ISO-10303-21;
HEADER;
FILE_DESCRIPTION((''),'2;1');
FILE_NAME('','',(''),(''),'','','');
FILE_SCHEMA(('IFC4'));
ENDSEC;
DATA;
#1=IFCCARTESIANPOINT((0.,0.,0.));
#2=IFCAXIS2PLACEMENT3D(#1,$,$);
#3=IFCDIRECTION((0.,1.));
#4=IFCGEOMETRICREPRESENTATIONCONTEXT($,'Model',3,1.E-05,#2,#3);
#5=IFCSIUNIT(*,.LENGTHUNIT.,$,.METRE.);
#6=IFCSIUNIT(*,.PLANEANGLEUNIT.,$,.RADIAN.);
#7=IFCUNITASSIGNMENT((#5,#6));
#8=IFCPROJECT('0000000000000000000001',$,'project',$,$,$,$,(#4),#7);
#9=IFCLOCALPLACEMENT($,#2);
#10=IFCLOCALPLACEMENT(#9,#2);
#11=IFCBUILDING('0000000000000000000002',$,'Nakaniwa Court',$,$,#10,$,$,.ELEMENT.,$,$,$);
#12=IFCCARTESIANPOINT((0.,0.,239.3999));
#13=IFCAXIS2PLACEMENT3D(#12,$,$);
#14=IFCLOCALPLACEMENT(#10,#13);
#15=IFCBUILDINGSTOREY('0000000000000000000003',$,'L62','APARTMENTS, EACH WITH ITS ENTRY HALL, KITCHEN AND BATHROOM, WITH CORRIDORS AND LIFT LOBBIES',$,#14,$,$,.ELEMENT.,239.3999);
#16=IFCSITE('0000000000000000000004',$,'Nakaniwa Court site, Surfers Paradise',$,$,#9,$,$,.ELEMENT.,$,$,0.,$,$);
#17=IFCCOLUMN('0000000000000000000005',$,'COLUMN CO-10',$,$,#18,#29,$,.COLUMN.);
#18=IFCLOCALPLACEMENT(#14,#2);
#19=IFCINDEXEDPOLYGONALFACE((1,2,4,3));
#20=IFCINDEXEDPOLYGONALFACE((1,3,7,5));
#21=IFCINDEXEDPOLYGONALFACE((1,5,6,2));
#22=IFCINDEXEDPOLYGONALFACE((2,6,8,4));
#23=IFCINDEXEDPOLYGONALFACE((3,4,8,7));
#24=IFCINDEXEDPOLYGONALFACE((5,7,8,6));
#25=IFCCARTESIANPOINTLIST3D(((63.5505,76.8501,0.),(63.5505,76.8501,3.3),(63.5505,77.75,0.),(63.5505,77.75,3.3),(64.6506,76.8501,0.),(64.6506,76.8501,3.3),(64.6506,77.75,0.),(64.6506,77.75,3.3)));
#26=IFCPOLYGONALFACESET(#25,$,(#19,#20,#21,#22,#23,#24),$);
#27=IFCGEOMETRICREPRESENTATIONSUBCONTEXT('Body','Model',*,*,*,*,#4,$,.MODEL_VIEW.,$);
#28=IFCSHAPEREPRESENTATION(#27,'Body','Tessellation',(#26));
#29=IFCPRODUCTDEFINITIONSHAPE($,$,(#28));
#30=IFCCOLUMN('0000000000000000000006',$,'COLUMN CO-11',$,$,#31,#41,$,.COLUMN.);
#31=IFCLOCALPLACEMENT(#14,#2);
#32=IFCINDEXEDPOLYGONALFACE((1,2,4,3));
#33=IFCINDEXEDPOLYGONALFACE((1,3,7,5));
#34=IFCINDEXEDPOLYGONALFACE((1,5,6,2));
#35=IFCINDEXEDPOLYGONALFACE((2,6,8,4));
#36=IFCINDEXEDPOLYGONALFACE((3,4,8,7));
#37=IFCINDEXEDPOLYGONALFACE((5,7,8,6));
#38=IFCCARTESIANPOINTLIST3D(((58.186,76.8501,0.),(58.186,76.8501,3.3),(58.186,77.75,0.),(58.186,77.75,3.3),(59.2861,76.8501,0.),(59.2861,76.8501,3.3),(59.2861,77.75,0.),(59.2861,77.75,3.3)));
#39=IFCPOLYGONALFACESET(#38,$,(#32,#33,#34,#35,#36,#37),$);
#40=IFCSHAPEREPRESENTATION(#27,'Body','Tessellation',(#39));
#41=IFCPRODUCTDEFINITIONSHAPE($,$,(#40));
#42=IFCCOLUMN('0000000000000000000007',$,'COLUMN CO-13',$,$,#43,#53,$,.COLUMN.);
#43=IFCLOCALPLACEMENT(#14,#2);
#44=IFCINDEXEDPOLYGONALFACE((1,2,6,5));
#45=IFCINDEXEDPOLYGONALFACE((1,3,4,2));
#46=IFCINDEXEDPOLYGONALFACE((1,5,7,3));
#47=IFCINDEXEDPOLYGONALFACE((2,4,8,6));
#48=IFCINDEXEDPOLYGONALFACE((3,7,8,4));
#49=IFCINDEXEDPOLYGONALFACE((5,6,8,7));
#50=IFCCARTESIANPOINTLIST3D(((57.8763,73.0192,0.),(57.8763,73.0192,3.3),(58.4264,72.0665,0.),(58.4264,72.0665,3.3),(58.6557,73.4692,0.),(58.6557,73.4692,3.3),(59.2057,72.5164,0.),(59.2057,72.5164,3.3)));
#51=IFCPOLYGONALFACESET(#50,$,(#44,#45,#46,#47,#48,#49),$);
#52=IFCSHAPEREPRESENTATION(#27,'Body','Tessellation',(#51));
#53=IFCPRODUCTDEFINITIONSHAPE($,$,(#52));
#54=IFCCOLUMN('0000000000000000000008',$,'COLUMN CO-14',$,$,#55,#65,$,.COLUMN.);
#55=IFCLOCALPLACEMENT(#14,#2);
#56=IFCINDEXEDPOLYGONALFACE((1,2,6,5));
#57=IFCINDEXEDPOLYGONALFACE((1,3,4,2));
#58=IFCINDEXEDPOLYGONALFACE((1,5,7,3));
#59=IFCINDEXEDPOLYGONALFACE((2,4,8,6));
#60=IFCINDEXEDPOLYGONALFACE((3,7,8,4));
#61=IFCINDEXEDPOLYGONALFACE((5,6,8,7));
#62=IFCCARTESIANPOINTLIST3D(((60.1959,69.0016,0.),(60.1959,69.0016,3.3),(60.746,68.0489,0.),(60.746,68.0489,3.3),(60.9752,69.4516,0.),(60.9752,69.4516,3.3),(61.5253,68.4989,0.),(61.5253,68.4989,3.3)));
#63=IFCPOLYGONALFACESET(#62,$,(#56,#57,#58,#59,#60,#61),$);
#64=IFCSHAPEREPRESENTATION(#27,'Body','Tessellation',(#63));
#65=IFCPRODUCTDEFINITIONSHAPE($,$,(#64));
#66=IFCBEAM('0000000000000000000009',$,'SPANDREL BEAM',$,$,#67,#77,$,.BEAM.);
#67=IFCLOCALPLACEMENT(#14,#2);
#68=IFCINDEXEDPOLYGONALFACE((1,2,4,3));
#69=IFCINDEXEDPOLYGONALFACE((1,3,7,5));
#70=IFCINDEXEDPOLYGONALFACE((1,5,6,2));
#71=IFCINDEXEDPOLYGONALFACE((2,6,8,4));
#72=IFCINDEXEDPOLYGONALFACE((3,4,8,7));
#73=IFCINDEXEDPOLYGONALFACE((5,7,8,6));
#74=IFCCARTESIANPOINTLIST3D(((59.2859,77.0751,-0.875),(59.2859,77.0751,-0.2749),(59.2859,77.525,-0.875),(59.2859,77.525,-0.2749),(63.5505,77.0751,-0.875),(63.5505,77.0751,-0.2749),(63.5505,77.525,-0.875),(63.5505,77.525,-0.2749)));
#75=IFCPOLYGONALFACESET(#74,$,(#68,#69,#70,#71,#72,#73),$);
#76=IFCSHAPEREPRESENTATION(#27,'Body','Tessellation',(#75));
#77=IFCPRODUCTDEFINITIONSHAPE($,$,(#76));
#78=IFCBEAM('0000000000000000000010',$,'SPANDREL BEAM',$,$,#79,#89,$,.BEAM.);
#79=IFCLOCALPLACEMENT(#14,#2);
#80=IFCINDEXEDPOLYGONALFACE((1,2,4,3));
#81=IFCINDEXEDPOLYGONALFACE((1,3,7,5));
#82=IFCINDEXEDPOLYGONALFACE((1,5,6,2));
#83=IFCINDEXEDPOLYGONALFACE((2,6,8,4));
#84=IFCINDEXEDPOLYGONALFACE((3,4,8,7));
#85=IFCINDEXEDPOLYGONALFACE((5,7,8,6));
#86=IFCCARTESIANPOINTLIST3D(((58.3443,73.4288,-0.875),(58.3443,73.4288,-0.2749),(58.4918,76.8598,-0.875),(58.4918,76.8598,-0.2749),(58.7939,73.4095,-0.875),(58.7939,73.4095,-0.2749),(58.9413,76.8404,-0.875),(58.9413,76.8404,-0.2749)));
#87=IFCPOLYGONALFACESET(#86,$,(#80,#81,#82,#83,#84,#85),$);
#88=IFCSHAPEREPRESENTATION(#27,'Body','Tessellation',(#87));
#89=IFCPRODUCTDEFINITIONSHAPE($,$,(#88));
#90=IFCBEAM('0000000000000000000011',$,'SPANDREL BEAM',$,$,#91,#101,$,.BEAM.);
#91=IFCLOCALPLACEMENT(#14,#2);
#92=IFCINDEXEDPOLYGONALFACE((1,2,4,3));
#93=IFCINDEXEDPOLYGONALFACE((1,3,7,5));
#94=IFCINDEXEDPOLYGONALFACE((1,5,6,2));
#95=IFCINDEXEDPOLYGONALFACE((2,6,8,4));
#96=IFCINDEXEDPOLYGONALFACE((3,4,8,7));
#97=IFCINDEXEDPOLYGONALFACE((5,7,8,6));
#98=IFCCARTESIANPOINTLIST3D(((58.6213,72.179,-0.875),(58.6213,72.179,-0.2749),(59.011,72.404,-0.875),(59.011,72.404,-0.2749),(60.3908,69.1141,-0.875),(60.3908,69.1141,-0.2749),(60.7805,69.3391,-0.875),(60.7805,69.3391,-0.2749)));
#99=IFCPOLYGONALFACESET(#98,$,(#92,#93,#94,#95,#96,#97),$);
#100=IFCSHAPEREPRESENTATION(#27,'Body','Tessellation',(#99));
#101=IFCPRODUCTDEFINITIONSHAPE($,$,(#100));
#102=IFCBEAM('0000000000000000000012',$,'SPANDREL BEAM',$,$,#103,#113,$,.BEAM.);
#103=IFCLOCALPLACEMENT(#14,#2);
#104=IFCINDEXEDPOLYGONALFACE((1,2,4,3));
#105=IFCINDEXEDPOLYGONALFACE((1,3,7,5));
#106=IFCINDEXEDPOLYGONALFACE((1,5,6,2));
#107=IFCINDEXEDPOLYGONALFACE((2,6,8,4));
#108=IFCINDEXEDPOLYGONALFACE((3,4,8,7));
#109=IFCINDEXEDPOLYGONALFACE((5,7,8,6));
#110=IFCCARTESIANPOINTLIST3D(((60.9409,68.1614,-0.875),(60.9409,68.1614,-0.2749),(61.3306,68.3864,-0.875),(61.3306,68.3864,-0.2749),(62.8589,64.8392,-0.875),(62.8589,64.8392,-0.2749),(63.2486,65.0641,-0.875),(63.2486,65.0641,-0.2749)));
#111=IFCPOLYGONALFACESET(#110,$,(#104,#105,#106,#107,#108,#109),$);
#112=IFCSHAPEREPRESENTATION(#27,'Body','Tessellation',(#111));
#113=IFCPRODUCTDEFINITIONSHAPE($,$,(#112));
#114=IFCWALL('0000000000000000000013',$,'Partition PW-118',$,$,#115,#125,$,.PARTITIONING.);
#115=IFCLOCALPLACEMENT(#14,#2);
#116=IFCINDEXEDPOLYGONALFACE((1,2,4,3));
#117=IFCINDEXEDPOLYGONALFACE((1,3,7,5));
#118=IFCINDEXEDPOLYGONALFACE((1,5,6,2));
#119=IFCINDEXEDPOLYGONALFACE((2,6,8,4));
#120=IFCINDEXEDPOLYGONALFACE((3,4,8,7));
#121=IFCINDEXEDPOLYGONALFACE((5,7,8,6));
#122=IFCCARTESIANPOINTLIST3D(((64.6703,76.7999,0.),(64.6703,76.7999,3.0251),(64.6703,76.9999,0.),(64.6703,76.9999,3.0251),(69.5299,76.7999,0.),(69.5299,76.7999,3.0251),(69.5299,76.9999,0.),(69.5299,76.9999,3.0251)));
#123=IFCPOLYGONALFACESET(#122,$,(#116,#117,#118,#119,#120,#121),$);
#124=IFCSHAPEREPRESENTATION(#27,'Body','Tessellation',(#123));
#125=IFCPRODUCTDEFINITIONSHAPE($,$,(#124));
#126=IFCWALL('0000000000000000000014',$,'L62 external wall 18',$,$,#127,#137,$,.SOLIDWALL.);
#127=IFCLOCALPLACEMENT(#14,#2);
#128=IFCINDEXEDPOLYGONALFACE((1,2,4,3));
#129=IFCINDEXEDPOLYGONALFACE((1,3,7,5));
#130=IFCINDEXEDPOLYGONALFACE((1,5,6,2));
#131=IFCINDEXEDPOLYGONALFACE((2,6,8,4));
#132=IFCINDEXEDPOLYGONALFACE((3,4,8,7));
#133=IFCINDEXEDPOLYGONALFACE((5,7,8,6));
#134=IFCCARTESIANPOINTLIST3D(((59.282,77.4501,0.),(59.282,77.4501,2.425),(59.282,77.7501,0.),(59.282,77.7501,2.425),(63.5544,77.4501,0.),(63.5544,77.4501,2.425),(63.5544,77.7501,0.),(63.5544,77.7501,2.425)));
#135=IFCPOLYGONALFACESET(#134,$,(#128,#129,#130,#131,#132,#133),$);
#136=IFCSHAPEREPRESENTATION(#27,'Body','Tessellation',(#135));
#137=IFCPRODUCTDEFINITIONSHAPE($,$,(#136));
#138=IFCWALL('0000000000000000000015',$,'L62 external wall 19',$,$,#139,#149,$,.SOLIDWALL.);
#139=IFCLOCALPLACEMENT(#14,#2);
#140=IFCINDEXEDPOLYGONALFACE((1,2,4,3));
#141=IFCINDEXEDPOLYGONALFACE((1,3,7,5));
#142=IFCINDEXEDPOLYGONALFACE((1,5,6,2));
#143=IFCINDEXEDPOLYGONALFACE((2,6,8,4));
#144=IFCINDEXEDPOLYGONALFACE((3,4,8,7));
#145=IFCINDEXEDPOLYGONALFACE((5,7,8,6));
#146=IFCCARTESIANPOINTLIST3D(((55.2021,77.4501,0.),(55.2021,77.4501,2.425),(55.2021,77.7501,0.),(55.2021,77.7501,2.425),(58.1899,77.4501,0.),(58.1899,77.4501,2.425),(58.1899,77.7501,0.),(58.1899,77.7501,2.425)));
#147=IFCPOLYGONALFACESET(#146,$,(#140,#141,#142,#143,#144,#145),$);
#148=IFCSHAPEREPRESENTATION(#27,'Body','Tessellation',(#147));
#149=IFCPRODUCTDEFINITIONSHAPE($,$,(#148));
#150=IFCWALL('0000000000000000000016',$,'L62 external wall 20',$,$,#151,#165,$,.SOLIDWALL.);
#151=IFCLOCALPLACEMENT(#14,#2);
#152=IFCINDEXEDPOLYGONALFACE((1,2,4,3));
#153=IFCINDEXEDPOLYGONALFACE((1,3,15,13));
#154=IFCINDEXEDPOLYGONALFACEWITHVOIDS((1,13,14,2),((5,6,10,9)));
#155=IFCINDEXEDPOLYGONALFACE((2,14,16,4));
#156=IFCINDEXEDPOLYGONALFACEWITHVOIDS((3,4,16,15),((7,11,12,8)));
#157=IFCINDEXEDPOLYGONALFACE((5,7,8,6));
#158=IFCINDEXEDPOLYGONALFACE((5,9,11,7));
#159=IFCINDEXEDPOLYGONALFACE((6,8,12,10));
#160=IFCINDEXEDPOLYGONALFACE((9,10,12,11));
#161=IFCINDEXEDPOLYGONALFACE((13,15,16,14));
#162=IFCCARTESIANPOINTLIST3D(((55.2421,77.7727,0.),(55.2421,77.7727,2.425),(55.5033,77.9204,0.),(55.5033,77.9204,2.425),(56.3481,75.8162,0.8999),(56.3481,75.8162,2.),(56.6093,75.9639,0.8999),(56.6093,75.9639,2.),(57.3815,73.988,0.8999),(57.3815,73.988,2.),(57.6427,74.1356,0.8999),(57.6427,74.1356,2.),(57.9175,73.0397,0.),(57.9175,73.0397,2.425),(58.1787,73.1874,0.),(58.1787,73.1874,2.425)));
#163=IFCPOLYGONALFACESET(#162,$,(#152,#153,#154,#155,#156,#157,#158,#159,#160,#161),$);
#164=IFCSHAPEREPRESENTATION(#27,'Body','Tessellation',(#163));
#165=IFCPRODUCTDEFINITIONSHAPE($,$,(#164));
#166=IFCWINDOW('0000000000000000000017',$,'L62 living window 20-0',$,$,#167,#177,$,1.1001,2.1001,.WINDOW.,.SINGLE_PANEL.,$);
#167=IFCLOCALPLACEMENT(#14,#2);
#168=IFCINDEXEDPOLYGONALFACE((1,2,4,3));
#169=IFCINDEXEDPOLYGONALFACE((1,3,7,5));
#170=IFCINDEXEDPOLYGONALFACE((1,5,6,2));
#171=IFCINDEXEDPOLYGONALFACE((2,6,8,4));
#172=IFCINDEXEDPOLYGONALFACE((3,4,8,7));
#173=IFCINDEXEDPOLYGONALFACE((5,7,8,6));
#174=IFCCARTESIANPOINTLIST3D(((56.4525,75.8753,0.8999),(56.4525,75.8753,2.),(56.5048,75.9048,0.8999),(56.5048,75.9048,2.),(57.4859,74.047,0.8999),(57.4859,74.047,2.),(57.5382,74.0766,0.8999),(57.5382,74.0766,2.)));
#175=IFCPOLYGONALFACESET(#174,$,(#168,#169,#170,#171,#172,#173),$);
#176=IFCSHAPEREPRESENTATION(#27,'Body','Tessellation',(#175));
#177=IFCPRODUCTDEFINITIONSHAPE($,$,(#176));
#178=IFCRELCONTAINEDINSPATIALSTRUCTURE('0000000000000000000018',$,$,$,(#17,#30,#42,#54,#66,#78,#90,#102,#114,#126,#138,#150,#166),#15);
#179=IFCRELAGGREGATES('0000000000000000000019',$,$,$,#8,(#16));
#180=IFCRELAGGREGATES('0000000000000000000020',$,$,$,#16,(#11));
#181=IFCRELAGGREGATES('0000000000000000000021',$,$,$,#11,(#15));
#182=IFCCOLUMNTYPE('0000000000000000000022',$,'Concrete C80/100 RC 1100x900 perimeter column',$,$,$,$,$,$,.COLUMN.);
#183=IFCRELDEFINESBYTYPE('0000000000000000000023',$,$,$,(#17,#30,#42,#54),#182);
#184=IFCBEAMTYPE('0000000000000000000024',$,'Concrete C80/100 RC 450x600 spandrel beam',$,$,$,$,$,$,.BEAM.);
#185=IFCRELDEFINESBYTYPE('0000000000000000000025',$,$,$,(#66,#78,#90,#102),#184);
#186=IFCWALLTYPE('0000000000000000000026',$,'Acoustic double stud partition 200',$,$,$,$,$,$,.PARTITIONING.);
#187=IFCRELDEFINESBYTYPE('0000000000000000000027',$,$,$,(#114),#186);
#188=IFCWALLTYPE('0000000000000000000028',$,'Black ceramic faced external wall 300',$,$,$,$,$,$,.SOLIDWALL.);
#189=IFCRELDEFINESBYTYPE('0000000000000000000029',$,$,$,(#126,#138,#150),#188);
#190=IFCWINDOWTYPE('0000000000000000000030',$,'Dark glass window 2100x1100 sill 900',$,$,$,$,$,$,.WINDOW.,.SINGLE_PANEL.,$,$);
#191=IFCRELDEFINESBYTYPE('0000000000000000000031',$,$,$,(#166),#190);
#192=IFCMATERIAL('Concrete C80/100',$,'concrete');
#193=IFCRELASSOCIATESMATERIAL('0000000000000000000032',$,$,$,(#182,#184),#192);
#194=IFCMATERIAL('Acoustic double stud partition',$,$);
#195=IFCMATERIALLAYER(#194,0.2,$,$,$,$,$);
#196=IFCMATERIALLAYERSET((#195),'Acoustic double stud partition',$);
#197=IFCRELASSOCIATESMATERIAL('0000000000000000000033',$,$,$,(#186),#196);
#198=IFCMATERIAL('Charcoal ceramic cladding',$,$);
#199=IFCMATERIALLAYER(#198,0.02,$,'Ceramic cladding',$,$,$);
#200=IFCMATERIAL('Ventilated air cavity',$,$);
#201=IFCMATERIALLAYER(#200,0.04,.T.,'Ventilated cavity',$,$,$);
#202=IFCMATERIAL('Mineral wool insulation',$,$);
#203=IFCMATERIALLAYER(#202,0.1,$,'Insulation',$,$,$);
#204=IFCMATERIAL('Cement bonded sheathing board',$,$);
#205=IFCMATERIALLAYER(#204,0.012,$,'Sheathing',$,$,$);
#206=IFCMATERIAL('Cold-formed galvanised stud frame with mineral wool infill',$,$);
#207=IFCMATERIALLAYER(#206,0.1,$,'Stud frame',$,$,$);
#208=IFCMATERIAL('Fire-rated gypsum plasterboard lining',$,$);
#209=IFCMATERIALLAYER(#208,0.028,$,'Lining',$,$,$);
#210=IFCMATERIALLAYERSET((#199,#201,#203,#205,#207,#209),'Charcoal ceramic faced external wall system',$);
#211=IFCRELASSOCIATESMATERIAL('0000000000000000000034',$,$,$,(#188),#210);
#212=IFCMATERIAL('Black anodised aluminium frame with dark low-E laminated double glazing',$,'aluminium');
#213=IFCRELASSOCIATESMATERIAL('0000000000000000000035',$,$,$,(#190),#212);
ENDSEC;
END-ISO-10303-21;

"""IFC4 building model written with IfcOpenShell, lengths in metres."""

from ifc_helpers import new_model, si_unit, direction, frame, frame_2d, origin, origin_2d, place, context, subcontext, project, spatial, rectangle, extrude, material, layer, layer_set, material_profile, profile_set, type_object, element, fill, save


model = new_model("IFC4")

# Units and contexts
model_context = context("Model", 3, precision=1e-05, world=origin(), true_north=direction((0.0, 1.0)))
body_context = subcontext(model_context, "Body", "Model", "MODEL_VIEW")
ifc_project = project(units=[si_unit("LENGTHUNIT", "METRE"), si_unit("PLANEANGLEUNIT", "RADIAN")], contexts=[model_context])

# Site, building, storey
site_placement = place(None, origin())
site = spatial("IfcSite", under=ifc_project, at=site_placement, Name="Nakaniwa Court site, Surfers Paradise", CompositionType="ELEMENT", RefElevation=0.0)
building_placement = place(site_placement, origin())
building = spatial("IfcBuilding", under=site, at=building_placement, Name="Nakaniwa Court", CompositionType="ELEMENT")
storey_placement = place(building_placement, frame((0.0, 0.0, 239.3999)))
storey = spatial("IfcBuildingStorey", under=building, at=storey_placement, Name="L62", Description="APARTMENTS, EACH WITH ITS ENTRY HALL, KITCHEN AND BATHROOM, WITH CORRIDORS AND LIFT LOBBIES", CompositionType="ELEMENT", Elevation=239.3999)

# Columns
ifc_material_1 = material(Name="Concrete C80/100", Category="concrete")
ifc_material_profile_1 = material_profile(ifc_material_1, rectangle(XDim=1.1001, YDim=0.8999, at=origin_2d()), Name="Concrete C80/100 RC 1100x900 perimeter column")
ifc_profile_set_1 = profile_set([ifc_material_profile_1], Name="Concrete C80/100")
column_type = type_object("IfcColumnType", Name="Concrete C80/100 RC 1100x900 perimeter column", PredefinedType="COLUMN", material=ifc_profile_set_1)
for number, where, z_axis, x_axis, name in (
    (1, (64.1006, 77.3, 0.0), (0.0, 0.0, 1.0), (-1.0, 0.0, 0.0), "COLUMN CO-10"),
    (2, (58.7361, 77.3, 0.0), (0.0, 0.0, 1.0), (-1.0, 0.0, 0.0), "COLUMN CO-11"),
    (3, (58.541, 72.7678, 0.0), (0.0, 0.0, 1.0), (0.5, -0.866025, 0.0), "COLUMN CO-13"),
    (4, (60.8606, 68.7502, 0.0), (0.0, 0.0, 1.0), (0.5, -0.866025, 0.0), "COLUMN CO-14"),
):
    element("IfcColumn", number, at=place(storey_placement, frame(where, z_axis=z_axis, x_axis=x_axis)), inside=storey, type_object=column_type, Name=name, PredefinedType="COLUMN", context=body_context, shape_type="SweptSolid", body=[
        extrude(rectangle(XDim=1.1001, YDim=0.8999, at=origin_2d()), origin(), (0.0, 0.0, 1.0), 3.3),
    ])

# Beams
ifc_material_profile_2 = material_profile(ifc_material_1, rectangle(XDim=0.45, YDim=0.6001, at=origin_2d()), Name="Concrete C80/100 RC 450x600 spandrel beam")
ifc_profile_set_2 = profile_set([ifc_material_profile_2], Name="Concrete C80/100")
beam_type = type_object("IfcBeamType", Name="Concrete C80/100 RC 450x600 spandrel beam", PredefinedType="BEAM", material=ifc_profile_set_2)
beam_1_placement = place(storey_placement, frame((63.5505, 77.3, -0.575), z_axis=(-1.0, 0.0, 0.0), x_axis=(0.0, -1.0, 0.0)))
element("IfcBeam", 5, at=beam_1_placement, inside=storey, type_object=beam_type, Name="SPANDREL BEAM", PredefinedType="BEAM", context=body_context, shape_type="SweptSolid", body=[
    extrude(rectangle(XDim=0.45, YDim=0.6001, at=origin_2d()), origin(), (0.0, 0.0, 1.0), 4.2646),
])
beam_2_placement = place(storey_placement, frame((58.7166, 76.8501, -0.575), z_axis=(-0.042941, -0.999078, 0.0), x_axis=(0.999078, -0.042941, 0.0)))
element("IfcBeam", 6, at=beam_2_placement, inside=storey, type_object=beam_type, Name="SPANDREL BEAM", PredefinedType="BEAM", context=body_context, shape_type="SweptSolid", body=[
    extrude(rectangle(XDim=0.45, YDim=0.6001, at=origin_2d()), origin(), (0.0, 0.0, 1.0), 3.4341),
])
beam_3_placement = place(storey_placement, frame((58.8162, 72.2915, -0.575), z_axis=(0.499997, -0.866027, 0.0), x_axis=(0.866027, 0.499997, 0.0)))
element("IfcBeam", 7, at=beam_3_placement, inside=storey, type_object=beam_type, Name="SPANDREL BEAM", PredefinedType="BEAM", context=body_context, shape_type="SweptSolid", body=[
    extrude(rectangle(XDim=0.45, YDim=0.6001, at=origin_2d()), origin(), (0.0, 0.0, 1.0), 3.5391),
])
beam_4_placement = place(storey_placement, frame((61.1357, 68.2739, -0.575), z_axis=(0.499972, -0.866041, 0.0), x_axis=(0.866041, 0.499972, 0.0)))
element("IfcBeam", 8, at=beam_4_placement, inside=storey, type_object=beam_type, Name="SPANDREL BEAM", PredefinedType="BEAM", context=body_context, shape_type="SweptSolid", body=[
    extrude(rectangle(XDim=0.45, YDim=0.6001, at=origin_2d()), origin(), (0.0, 0.0, 1.0), 3.8362),
])

# Walls
ifc_material_2 = material(Name="Acoustic double stud partition")
ifc_layer_1 = layer(ifc_material_2, 0.2)
ifc_layer_set_1 = layer_set([ifc_layer_1], Name="Acoustic double stud partition")
wall_type_1 = type_object("IfcWallType", Name="Acoustic double stud partition 200", PredefinedType="PARTITIONING", material=ifc_layer_set_1)
wall_1_placement = place(storey_placement, frame((64.6704, 76.8999, 0.0), z_axis=(0.0, 0.0, 1.0), x_axis=(1.0, 0.0, 0.0)))
element("IfcWall", 9, at=wall_1_placement, inside=storey, type_object=wall_type_1, Name="Partition PW-118", PredefinedType="PARTITIONING", context=body_context, shape_type="SweptSolid", body=[
    extrude(rectangle(XDim=4.8596, YDim=0.2, at=frame_2d((2.4297, 0.0))), origin(), (0.0, 0.0, 1.0), 3.0251),
])
ifc_material_3 = material(Name="Charcoal ceramic cladding")
ifc_layer_2 = layer(ifc_material_3, 0.02, Name="Ceramic cladding")
ifc_material_4 = material(Name="Ventilated air cavity")
ifc_layer_3 = layer(ifc_material_4, 0.04, ventilated=True, Name="Ventilated cavity")
ifc_material_5 = material(Name="Mineral wool insulation")
ifc_layer_4 = layer(ifc_material_5, 0.1, Name="Insulation")
ifc_material_6 = material(Name="Cement bonded sheathing board")
ifc_layer_5 = layer(ifc_material_6, 0.012, Name="Sheathing")
ifc_material_7 = material(Name="Cold-formed galvanised stud frame with mineral wool infill")
ifc_layer_6 = layer(ifc_material_7, 0.1, Name="Stud frame")
ifc_material_8 = material(Name="Fire-rated gypsum plasterboard lining")
ifc_layer_7 = layer(ifc_material_8, 0.028, Name="Lining")
ifc_layer_set_2 = layer_set([ifc_layer_2, ifc_layer_3, ifc_layer_4, ifc_layer_5, ifc_layer_6, ifc_layer_7], Name="Charcoal ceramic faced external wall system")
wall_type_2 = type_object("IfcWallType", Name="Black ceramic faced external wall 300", PredefinedType="SOLIDWALL", material=ifc_layer_set_2)
wall_2_placement = place(storey_placement, frame((63.5544, 77.6001, 0.0), z_axis=(0.0, 0.0, 1.0), x_axis=(-1.0, 0.0, 0.0)))
element("IfcWall", 10, at=wall_2_placement, inside=storey, type_object=wall_type_2, Name="L62 external wall 18", PredefinedType="SOLIDWALL", context=body_context, shape_type="SweptSolid", body=[
    extrude(rectangle(XDim=4.2725, YDim=0.3, at=frame_2d((2.1362, 0.0))), origin(), (0.0, 0.0, 1.0), 2.425),
])
wall_3_placement = place(storey_placement, frame((58.1899, 77.6001, 0.0), z_axis=(0.0, 0.0, 1.0), x_axis=(-1.0, 0.0, 0.0)))
element("IfcWall", 11, at=wall_3_placement, inside=storey, type_object=wall_type_2, Name="L62 external wall 19", PredefinedType="SOLIDWALL", context=body_context, shape_type="SweptSolid", body=[
    extrude(rectangle(XDim=2.9878, YDim=0.3, at=frame_2d((1.4939, 0.0))), origin(), (0.0, 0.0, 1.0), 2.425),
])

# Wall, opening, window
wall_4_placement = place(storey_placement, frame((55.3728, 77.8464, 0.0), z_axis=(0.0, 0.0, 1.0), x_axis=(0.492081, -0.870549, 0.0)))
wall_4 = element("IfcWall", 12, at=wall_4_placement, inside=storey, type_object=wall_type_2, Name="L62 external wall 20", PredefinedType="SOLIDWALL", context=body_context, shape_type="SweptSolid", body=[
    extrude(rectangle(XDim=5.4368, YDim=0.3, at=frame_2d((2.7183, 0.0))), origin(), (0.0, 0.0, 1.0), 2.425),
])
opening_1_placement = place(wall_4_placement, frame((2.2473, 0.0, 0.8999)))
opening_1 = element("IfcOpeningElement", 13, at=opening_1_placement, cuts=wall_4, PredefinedType="OPENING", context=body_context, shape_type="SweptSolid", body=[
    extrude(rectangle(XDim=2.1001, YDim=1.1001, at=frame_2d((1.05, 0.55))), frame((0.0, 0.1599, 0.0), z_axis=(0.0, -1.0, 0.0), x_axis=(1.0, 0.0, 0.0)), (0.0, 0.0, 1.0), 0.3201),
])
ifc_material_9 = material(Name="Black anodised aluminium frame with dark low-E laminated double glazing", Category="aluminium")
window_type_1 = type_object("IfcWindowType", Name="Dark glass window 2100x1100 sill 900", PartitioningType="SINGLE_PANEL", PredefinedType="WINDOW", material=ifc_material_9)
window_1_placement = place(opening_1_placement, origin())
window_1 = element("IfcWindow", 14, at=window_1_placement, inside=storey, type_object=window_type_1, Name="L62 living window 20-0", OverallHeight=1.1001, OverallWidth=2.1001, PartitioningType="SINGLE_PANEL", PredefinedType="WINDOW", context=body_context, shape_type="SweptSolid", body=[
    extrude(rectangle(XDim=2.1001, YDim=1.1001, at=frame_2d((1.05, 0.55))), frame((0.0, 0.03, 0.0), z_axis=(0.0, -1.0, 0.0), x_axis=(1.0, 0.0, 0.0)), (0.0, 0.0, 1.0), 0.0601),
])
fill(opening_1, window_1)

save(model, "model.ifc")
